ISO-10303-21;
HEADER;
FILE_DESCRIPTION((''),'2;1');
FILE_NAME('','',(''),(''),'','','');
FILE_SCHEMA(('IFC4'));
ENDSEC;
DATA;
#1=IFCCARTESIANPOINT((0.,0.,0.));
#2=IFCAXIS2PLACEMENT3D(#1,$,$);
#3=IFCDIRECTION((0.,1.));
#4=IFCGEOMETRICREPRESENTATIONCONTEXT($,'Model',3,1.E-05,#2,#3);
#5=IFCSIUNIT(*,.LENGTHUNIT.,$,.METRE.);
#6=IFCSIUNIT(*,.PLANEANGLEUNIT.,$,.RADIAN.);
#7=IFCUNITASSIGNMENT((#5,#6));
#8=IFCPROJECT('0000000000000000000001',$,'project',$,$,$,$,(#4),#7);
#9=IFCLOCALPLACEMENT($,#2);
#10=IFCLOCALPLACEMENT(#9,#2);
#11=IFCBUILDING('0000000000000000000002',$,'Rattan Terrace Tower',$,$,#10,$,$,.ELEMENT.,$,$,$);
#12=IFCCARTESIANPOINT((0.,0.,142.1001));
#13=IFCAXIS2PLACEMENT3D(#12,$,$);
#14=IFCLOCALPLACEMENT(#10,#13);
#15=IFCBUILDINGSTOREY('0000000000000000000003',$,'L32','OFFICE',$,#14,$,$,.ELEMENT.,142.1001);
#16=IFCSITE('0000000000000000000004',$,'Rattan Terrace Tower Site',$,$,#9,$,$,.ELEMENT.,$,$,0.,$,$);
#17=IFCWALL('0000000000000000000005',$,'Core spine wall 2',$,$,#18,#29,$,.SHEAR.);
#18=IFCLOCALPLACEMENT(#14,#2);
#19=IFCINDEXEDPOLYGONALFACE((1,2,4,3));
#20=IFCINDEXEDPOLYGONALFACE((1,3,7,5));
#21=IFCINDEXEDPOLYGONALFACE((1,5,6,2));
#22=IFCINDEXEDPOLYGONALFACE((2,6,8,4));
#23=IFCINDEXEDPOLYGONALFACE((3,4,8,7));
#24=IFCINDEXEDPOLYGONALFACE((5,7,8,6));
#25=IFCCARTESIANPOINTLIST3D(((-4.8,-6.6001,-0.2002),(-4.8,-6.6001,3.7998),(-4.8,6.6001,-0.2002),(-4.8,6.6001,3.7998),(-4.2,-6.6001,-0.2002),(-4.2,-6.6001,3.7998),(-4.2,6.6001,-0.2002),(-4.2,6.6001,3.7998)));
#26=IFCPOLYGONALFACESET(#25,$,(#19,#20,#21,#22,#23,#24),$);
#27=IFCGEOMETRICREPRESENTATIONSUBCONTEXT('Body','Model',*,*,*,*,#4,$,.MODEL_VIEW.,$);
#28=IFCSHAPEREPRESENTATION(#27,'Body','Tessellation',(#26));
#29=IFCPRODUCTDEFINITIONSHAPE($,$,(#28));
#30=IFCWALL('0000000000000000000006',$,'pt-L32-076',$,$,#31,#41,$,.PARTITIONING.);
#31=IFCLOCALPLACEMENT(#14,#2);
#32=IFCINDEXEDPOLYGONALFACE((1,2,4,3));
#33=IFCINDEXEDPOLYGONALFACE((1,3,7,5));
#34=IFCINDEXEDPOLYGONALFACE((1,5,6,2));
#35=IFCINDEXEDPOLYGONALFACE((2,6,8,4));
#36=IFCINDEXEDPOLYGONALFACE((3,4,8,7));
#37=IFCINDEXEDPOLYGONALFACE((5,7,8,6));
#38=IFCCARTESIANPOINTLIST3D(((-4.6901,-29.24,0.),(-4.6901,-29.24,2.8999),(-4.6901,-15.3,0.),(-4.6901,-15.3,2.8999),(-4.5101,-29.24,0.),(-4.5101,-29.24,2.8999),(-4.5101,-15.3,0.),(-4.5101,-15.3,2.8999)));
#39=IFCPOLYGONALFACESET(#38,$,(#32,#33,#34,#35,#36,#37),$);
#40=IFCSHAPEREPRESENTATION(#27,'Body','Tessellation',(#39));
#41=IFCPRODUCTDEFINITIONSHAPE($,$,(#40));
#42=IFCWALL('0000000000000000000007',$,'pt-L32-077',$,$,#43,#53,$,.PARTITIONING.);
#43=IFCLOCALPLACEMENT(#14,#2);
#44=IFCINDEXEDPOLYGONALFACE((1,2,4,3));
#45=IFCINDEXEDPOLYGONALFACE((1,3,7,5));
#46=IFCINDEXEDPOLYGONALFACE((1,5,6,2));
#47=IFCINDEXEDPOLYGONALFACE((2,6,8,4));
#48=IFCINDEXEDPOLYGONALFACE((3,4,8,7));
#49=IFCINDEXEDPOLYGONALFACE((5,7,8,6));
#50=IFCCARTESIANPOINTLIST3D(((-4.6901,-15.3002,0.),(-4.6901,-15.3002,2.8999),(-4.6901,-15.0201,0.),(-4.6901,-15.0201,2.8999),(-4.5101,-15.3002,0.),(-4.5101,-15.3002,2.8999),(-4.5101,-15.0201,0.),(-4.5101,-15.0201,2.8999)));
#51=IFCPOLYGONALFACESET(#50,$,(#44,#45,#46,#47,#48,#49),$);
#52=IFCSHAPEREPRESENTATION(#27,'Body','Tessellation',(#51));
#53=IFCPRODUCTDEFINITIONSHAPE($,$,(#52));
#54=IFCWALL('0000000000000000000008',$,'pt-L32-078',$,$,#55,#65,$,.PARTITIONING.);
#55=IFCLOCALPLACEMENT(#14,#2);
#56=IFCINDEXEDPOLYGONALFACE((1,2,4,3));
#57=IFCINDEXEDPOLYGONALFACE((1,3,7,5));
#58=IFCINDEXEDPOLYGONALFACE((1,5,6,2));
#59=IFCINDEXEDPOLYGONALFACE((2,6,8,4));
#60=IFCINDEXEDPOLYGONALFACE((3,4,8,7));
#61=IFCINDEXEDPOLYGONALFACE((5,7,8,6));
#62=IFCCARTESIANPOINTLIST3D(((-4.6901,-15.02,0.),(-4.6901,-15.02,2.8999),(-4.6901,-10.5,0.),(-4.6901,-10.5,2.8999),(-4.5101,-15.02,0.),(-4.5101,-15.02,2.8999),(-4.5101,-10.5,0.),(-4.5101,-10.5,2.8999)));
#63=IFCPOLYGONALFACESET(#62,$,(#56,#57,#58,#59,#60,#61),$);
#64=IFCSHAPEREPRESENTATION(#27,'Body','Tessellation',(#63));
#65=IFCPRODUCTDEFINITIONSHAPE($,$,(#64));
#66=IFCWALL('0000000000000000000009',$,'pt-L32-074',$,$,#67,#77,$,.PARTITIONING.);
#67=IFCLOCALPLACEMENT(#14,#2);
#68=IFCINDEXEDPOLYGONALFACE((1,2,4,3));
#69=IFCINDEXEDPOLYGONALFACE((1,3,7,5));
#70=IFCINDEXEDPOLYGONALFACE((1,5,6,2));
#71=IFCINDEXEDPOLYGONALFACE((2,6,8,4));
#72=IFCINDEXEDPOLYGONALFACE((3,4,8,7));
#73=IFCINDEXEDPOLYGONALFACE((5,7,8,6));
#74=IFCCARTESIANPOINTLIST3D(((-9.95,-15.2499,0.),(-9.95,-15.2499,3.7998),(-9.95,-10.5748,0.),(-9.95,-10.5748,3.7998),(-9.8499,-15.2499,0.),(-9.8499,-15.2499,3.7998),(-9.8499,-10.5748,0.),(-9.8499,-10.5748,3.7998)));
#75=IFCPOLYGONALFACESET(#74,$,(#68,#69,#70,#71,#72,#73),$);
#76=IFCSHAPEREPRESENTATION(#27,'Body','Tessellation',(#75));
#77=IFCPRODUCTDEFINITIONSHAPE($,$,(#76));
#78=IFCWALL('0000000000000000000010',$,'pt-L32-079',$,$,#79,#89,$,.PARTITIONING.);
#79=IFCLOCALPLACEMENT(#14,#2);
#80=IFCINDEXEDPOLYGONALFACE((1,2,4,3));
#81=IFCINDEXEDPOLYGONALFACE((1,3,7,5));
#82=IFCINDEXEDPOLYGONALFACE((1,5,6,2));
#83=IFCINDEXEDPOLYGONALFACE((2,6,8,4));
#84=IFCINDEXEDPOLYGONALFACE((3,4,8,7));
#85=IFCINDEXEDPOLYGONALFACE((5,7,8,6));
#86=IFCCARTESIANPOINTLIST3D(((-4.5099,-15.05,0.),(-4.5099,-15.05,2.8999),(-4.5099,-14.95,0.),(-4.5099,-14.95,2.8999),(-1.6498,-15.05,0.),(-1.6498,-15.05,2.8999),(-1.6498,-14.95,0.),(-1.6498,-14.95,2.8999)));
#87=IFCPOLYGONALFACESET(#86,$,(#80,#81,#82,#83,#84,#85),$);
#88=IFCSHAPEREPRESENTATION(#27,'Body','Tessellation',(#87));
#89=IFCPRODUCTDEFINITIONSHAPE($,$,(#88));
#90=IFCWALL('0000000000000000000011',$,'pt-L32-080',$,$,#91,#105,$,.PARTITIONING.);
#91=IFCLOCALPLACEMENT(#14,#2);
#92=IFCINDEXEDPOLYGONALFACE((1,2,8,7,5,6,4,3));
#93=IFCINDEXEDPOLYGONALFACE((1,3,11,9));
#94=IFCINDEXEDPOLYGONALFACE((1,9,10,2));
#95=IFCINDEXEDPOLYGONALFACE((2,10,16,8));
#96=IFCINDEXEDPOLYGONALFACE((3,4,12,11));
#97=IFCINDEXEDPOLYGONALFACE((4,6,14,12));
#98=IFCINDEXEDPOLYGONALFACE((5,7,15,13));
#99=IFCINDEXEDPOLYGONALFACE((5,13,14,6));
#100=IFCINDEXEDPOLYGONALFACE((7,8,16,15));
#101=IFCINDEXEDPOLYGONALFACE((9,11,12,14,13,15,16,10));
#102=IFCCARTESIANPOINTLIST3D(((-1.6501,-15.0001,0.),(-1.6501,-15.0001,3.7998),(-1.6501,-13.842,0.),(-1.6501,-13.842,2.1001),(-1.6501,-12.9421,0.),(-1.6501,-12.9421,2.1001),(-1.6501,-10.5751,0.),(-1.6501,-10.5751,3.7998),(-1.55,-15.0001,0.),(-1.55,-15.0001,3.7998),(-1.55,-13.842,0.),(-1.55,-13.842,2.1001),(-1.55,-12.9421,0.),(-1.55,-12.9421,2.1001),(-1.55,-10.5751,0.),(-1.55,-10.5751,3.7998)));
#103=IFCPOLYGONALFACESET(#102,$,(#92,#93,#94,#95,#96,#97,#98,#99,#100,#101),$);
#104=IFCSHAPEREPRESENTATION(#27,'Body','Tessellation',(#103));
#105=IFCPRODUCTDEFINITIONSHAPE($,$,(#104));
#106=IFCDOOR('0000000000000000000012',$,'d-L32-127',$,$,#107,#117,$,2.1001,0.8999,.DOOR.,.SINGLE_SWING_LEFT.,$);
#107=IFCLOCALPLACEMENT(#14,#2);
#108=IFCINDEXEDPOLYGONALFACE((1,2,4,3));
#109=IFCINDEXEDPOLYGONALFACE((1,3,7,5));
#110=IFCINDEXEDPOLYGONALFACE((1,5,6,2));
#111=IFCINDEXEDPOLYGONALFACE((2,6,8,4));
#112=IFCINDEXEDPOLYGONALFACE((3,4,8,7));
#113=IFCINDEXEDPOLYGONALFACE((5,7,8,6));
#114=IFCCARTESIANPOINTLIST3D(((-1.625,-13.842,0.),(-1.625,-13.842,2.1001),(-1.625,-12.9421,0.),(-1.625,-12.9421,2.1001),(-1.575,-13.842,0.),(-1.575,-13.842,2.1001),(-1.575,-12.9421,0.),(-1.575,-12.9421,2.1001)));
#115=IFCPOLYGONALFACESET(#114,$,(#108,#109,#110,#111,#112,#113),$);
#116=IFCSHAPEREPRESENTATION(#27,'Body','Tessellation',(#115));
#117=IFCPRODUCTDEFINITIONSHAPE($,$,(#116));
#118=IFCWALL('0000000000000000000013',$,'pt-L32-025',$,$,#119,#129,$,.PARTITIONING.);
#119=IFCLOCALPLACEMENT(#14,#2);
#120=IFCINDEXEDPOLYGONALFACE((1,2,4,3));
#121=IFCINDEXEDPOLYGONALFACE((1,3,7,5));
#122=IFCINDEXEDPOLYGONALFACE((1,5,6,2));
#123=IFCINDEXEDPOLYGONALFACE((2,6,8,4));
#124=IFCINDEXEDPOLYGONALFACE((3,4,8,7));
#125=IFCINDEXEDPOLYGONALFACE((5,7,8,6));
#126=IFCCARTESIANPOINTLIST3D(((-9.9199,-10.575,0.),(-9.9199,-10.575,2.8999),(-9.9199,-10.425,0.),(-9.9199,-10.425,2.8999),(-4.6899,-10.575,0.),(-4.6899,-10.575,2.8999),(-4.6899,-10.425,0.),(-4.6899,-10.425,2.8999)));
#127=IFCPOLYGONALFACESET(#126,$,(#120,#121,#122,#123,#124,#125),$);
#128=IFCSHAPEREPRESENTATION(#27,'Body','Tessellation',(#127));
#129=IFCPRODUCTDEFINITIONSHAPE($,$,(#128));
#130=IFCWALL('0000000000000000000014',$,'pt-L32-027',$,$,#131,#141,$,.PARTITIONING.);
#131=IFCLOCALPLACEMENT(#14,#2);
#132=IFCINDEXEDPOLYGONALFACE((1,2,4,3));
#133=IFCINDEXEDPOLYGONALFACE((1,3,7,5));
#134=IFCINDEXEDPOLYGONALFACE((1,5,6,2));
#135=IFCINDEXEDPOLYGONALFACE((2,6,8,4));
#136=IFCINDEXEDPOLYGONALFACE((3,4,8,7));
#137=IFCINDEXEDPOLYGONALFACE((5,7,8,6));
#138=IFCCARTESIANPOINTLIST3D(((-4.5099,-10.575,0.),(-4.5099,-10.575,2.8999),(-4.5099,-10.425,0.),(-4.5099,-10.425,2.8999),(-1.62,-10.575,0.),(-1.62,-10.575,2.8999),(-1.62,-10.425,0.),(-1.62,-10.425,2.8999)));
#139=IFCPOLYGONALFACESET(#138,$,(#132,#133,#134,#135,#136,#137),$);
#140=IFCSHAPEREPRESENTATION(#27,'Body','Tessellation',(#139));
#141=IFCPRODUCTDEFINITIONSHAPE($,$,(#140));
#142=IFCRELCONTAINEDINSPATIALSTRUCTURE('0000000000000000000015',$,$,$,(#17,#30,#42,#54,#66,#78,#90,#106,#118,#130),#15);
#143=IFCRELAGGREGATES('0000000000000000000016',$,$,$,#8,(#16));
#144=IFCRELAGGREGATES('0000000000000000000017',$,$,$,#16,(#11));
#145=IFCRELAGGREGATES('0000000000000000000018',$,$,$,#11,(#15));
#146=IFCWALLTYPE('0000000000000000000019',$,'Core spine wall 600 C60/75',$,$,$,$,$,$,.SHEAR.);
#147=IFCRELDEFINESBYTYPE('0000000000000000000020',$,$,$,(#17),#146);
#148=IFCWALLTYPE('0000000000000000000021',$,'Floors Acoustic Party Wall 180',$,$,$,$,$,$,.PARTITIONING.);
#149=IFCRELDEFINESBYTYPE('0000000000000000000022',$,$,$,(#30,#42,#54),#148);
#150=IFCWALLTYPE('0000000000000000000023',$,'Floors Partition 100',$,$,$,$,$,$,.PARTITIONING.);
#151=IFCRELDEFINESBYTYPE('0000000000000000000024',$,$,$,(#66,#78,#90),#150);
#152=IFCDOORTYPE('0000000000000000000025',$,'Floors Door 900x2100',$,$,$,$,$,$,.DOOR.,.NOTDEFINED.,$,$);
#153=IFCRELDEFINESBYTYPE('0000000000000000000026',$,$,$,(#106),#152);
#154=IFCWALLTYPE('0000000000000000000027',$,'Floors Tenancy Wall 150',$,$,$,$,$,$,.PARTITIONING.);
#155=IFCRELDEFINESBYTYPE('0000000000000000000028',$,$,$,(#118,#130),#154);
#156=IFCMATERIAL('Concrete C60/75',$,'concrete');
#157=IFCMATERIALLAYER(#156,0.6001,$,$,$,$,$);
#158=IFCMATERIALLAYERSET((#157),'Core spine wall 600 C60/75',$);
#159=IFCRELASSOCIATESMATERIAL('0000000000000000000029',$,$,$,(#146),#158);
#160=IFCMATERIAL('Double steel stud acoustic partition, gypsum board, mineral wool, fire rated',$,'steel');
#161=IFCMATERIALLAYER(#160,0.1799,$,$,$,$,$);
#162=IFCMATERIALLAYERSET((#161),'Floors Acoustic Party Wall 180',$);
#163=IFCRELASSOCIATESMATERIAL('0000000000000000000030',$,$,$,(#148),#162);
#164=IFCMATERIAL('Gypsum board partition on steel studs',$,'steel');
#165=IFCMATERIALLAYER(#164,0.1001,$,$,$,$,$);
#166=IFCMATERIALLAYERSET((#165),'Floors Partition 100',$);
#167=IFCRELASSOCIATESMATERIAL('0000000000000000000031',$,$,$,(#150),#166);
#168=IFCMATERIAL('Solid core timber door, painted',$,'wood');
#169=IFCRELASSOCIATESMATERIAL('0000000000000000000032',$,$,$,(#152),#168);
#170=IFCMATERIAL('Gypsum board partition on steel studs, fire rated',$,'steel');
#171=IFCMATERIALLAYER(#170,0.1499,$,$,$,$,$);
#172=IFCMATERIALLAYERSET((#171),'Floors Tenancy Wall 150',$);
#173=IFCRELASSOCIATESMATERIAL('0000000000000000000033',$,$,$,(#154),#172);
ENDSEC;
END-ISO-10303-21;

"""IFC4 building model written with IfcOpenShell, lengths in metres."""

from ifc_helpers import new_model, si_unit, direction, frame, frame_2d, origin, place, context, subcontext, project, spatial, rectangle, extrude, material, layer, layer_set, type_object, element, fill, save


model = new_model("IFC4")

# Units and contexts
model_context = context("Model", 3, precision=1e-05, world=origin(), true_north=direction((0.0, 1.0)))
body_context = subcontext(model_context, "Body", "Model", "MODEL_VIEW")
ifc_project = project(units=[si_unit("LENGTHUNIT", "METRE"), si_unit("PLANEANGLEUNIT", "RADIAN")], contexts=[model_context])

# Site, building, storey
site_placement = place(None, origin())
site = spatial("IfcSite", under=ifc_project, at=site_placement, Name="Rattan Terrace Tower Site", CompositionType="ELEMENT", RefElevation=0.0)
building_placement = place(site_placement, origin())
building = spatial("IfcBuilding", under=site, at=building_placement, Name="Rattan Terrace Tower", CompositionType="ELEMENT")
storey_placement = place(building_placement, frame((0.0, 0.0, 142.1001)))
storey = spatial("IfcBuildingStorey", under=building, at=storey_placement, Name="L32", Description="OFFICE", CompositionType="ELEMENT", Elevation=142.1001)

# Walls
ifc_material_1 = material(Name="Concrete C60/75", Category="concrete")
ifc_layer_1 = layer(ifc_material_1, 0.6001)
ifc_layer_set_1 = layer_set([ifc_layer_1], Name="Core spine wall 600 C60/75")
wall_type_1 = type_object("IfcWallType", Name="Core spine wall 600 C60/75", PredefinedType="SHEAR", material=ifc_layer_set_1)
wall_1_placement = place(storey_placement, frame((-4.5, -6.6001, -0.2002), z_axis=(0.0, 0.0, 1.0), x_axis=(0.0, 1.0, 0.0)))
element("IfcWall", 1, at=wall_1_placement, inside=storey, type_object=wall_type_1, Name="Core spine wall 2", PredefinedType="SHEAR", context=body_context, shape_type="SweptSolid", body=[
    extrude(rectangle(XDim=13.2002, YDim=0.6001, at=frame_2d((6.6001, 0.0))), origin(), (0.0, 0.0, 1.0), 4.0),
])
ifc_material_2 = material(Name="Double steel stud acoustic partition, gypsum board, mineral wool, fire rated", Category="steel")
ifc_layer_2 = layer(ifc_material_2, 0.1799)
ifc_layer_set_2 = layer_set([ifc_layer_2], Name="Floors Acoustic Party Wall 180")
wall_type_2 = type_object("IfcWallType", Name="Floors Acoustic Party Wall 180", PredefinedType="PARTITIONING", material=ifc_layer_set_2)
wall_2_placement = place(storey_placement, frame((-4.6001, -15.3, 0.0), z_axis=(0.0, 0.0, 1.0), x_axis=(0.0, -1.0, 0.0)))
element("IfcWall", 2, at=wall_2_placement, inside=storey, type_object=wall_type_2, Name="pt-L32-076", PredefinedType="PARTITIONING", context=body_context, shape_type="SweptSolid", body=[
    extrude(rectangle(XDim=13.9399, YDim=0.1799, at=frame_2d((6.97, 0.0))), origin(), (0.0, 0.0, 1.0), 2.8999),
])
wall_3_placement = place(storey_placement, frame((-4.6001, -15.02, 0.0), z_axis=(0.0, 0.0, 1.0), x_axis=(0.0, -1.0, 0.0)))
element("IfcWall", 3, at=wall_3_placement, inside=storey, type_object=wall_type_2, Name="pt-L32-077", PredefinedType="PARTITIONING", context=body_context, shape_type="SweptSolid", body=[
    extrude(rectangle(XDim=0.28, YDim=0.1799, at=frame_2d((0.1401, 0.0))), origin(), (0.0, 0.0, 1.0), 2.8999),
])
wall_4_placement = place(storey_placement, frame((-4.6001, -10.5, 0.0), z_axis=(0.0, 0.0, 1.0), x_axis=(0.0, -1.0, 0.0)))
element("IfcWall", 4, at=wall_4_placement, inside=storey, type_object=wall_type_2, Name="pt-L32-078", PredefinedType="PARTITIONING", context=body_context, shape_type="SweptSolid", body=[
    extrude(rectangle(XDim=4.52, YDim=0.1799, at=frame_2d((2.26, 0.0))), origin(), (0.0, 0.0, 1.0), 2.8999),
])
ifc_material_3 = material(Name="Gypsum board partition on steel studs", Category="steel")
ifc_layer_3 = layer(ifc_material_3, 0.1001)
ifc_layer_set_3 = layer_set([ifc_layer_3], Name="Floors Partition 100")
wall_type_3 = type_object("IfcWallType", Name="Floors Partition 100", PredefinedType="PARTITIONING", material=ifc_layer_set_3)
wall_5_placement = place(storey_placement, frame((-9.8999, -10.575, 0.0), z_axis=(0.0, 0.0, 1.0), x_axis=(0.0, -1.0, 0.0)))
element("IfcWall", 5, at=wall_5_placement, inside=storey, type_object=wall_type_3, Name="pt-L32-074", PredefinedType="PARTITIONING", context=body_context, shape_type="SweptSolid", body=[
    extrude(rectangle(XDim=4.675, YDim=0.1001, at=frame_2d((2.3374, 0.0))), origin(), (0.0, 0.0, 1.0), 3.7998),
])
wall_6_placement = place(storey_placement, frame((-4.51, -15.0, 0.0), z_axis=(0.0, 0.0, 1.0), x_axis=(1.0, 0.0, 0.0)))
element("IfcWall", 6, at=wall_6_placement, inside=storey, type_object=wall_type_3, Name="pt-L32-079", PredefinedType="PARTITIONING", context=body_context, shape_type="SweptSolid", body=[
    extrude(rectangle(XDim=2.8601, YDim=0.1001, at=frame_2d((1.4302, 0.0))), origin(), (0.0, 0.0, 1.0), 2.8999),
])

# Wall, opening, door
wall_7_placement = place(storey_placement, frame((-1.6001, -15.0, 0.0), z_axis=(0.0, 0.0, 1.0), x_axis=(0.0, 1.0, 0.0)))
wall_7 = element("IfcWall", 7, at=wall_7_placement, inside=storey, type_object=wall_type_3, Name="pt-L32-080", PredefinedType="PARTITIONING", context=body_context, shape_type="SweptSolid", body=[
    extrude(rectangle(XDim=4.425, YDim=0.1001, at=frame_2d((2.2124, 0.0))), origin(), (0.0, 0.0, 1.0), 3.7998),
])
opening_1_placement = place(wall_7_placement, frame((1.158, 0.0, 0.0)))
opening_1 = element("IfcOpeningElement", 8, at=opening_1_placement, cuts=wall_7, PredefinedType="OPENING", context=body_context, shape_type="SweptSolid", body=[
    extrude(rectangle(XDim=0.8999, YDim=2.1001, at=frame_2d((0.45, 1.05))), frame((0.0, 0.0605, 0.0), z_axis=(0.0, -1.0, 0.0), x_axis=(1.0, 0.0, 0.0)), (0.0, 0.0, 1.0), 0.1211),
])
ifc_material_4 = material(Name="Solid core timber door, painted", Category="wood")
door_type_1 = type_object("IfcDoorType", Name="Floors Door 900x2100", OperationType="NOTDEFINED", PredefinedType="DOOR", material=ifc_material_4)
door_1_placement = place(opening_1_placement, origin())
door_1 = element("IfcDoor", 9, at=door_1_placement, inside=storey, type_object=door_type_1, Name="d-L32-127", OperationType="SINGLE_SWING_LEFT", OverallHeight=2.1001, OverallWidth=0.8999, PredefinedType="DOOR", context=body_context, shape_type="SweptSolid", body=[
    extrude(rectangle(XDim=0.8999, YDim=2.1001, at=frame_2d((0.45, 1.05))), frame((0.0, 0.0249, 0.0), z_axis=(0.0, -1.0, 0.0), x_axis=(1.0, 0.0, 0.0)), (0.0, 0.0, 1.0), 0.05),
])
fill(opening_1, door_1)

# Walls
ifc_material_5 = material(Name="Gypsum board partition on steel studs, fire rated", Category="steel")
ifc_layer_4 = layer(ifc_material_5, 0.1499)
ifc_layer_set_4 = layer_set([ifc_layer_4], Name="Floors Tenancy Wall 150")
wall_type_4 = type_object("IfcWallType", Name="Floors Tenancy Wall 150", PredefinedType="PARTITIONING", material=ifc_layer_set_4)
wall_8_placement = place(storey_placement, frame((-4.6899, -10.5, 0.0), z_axis=(0.0, 0.0, 1.0), x_axis=(-1.0, 0.0, 0.0)))
element("IfcWall", 10, at=wall_8_placement, inside=storey, type_object=wall_type_4, Name="pt-L32-025", PredefinedType="PARTITIONING", context=body_context, shape_type="SweptSolid", body=[
    extrude(rectangle(XDim=5.23, YDim=0.1499, at=frame_2d((2.615, 0.0))), origin(), (0.0, 0.0, 1.0), 2.8999),
])
wall_9_placement = place(storey_placement, frame((-1.6201, -10.5, 0.0), z_axis=(0.0, 0.0, 1.0), x_axis=(-1.0, 0.0, 0.0)))
element("IfcWall", 11, at=wall_9_placement, inside=storey, type_object=wall_type_4, Name="pt-L32-027", PredefinedType="PARTITIONING", context=body_context, shape_type="SweptSolid", body=[
    extrude(rectangle(XDim=2.8899, YDim=0.1499, at=frame_2d((1.4448, 0.0))), origin(), (0.0, 0.0, 1.0), 2.8999),
])

save(model, "model.ifc")
